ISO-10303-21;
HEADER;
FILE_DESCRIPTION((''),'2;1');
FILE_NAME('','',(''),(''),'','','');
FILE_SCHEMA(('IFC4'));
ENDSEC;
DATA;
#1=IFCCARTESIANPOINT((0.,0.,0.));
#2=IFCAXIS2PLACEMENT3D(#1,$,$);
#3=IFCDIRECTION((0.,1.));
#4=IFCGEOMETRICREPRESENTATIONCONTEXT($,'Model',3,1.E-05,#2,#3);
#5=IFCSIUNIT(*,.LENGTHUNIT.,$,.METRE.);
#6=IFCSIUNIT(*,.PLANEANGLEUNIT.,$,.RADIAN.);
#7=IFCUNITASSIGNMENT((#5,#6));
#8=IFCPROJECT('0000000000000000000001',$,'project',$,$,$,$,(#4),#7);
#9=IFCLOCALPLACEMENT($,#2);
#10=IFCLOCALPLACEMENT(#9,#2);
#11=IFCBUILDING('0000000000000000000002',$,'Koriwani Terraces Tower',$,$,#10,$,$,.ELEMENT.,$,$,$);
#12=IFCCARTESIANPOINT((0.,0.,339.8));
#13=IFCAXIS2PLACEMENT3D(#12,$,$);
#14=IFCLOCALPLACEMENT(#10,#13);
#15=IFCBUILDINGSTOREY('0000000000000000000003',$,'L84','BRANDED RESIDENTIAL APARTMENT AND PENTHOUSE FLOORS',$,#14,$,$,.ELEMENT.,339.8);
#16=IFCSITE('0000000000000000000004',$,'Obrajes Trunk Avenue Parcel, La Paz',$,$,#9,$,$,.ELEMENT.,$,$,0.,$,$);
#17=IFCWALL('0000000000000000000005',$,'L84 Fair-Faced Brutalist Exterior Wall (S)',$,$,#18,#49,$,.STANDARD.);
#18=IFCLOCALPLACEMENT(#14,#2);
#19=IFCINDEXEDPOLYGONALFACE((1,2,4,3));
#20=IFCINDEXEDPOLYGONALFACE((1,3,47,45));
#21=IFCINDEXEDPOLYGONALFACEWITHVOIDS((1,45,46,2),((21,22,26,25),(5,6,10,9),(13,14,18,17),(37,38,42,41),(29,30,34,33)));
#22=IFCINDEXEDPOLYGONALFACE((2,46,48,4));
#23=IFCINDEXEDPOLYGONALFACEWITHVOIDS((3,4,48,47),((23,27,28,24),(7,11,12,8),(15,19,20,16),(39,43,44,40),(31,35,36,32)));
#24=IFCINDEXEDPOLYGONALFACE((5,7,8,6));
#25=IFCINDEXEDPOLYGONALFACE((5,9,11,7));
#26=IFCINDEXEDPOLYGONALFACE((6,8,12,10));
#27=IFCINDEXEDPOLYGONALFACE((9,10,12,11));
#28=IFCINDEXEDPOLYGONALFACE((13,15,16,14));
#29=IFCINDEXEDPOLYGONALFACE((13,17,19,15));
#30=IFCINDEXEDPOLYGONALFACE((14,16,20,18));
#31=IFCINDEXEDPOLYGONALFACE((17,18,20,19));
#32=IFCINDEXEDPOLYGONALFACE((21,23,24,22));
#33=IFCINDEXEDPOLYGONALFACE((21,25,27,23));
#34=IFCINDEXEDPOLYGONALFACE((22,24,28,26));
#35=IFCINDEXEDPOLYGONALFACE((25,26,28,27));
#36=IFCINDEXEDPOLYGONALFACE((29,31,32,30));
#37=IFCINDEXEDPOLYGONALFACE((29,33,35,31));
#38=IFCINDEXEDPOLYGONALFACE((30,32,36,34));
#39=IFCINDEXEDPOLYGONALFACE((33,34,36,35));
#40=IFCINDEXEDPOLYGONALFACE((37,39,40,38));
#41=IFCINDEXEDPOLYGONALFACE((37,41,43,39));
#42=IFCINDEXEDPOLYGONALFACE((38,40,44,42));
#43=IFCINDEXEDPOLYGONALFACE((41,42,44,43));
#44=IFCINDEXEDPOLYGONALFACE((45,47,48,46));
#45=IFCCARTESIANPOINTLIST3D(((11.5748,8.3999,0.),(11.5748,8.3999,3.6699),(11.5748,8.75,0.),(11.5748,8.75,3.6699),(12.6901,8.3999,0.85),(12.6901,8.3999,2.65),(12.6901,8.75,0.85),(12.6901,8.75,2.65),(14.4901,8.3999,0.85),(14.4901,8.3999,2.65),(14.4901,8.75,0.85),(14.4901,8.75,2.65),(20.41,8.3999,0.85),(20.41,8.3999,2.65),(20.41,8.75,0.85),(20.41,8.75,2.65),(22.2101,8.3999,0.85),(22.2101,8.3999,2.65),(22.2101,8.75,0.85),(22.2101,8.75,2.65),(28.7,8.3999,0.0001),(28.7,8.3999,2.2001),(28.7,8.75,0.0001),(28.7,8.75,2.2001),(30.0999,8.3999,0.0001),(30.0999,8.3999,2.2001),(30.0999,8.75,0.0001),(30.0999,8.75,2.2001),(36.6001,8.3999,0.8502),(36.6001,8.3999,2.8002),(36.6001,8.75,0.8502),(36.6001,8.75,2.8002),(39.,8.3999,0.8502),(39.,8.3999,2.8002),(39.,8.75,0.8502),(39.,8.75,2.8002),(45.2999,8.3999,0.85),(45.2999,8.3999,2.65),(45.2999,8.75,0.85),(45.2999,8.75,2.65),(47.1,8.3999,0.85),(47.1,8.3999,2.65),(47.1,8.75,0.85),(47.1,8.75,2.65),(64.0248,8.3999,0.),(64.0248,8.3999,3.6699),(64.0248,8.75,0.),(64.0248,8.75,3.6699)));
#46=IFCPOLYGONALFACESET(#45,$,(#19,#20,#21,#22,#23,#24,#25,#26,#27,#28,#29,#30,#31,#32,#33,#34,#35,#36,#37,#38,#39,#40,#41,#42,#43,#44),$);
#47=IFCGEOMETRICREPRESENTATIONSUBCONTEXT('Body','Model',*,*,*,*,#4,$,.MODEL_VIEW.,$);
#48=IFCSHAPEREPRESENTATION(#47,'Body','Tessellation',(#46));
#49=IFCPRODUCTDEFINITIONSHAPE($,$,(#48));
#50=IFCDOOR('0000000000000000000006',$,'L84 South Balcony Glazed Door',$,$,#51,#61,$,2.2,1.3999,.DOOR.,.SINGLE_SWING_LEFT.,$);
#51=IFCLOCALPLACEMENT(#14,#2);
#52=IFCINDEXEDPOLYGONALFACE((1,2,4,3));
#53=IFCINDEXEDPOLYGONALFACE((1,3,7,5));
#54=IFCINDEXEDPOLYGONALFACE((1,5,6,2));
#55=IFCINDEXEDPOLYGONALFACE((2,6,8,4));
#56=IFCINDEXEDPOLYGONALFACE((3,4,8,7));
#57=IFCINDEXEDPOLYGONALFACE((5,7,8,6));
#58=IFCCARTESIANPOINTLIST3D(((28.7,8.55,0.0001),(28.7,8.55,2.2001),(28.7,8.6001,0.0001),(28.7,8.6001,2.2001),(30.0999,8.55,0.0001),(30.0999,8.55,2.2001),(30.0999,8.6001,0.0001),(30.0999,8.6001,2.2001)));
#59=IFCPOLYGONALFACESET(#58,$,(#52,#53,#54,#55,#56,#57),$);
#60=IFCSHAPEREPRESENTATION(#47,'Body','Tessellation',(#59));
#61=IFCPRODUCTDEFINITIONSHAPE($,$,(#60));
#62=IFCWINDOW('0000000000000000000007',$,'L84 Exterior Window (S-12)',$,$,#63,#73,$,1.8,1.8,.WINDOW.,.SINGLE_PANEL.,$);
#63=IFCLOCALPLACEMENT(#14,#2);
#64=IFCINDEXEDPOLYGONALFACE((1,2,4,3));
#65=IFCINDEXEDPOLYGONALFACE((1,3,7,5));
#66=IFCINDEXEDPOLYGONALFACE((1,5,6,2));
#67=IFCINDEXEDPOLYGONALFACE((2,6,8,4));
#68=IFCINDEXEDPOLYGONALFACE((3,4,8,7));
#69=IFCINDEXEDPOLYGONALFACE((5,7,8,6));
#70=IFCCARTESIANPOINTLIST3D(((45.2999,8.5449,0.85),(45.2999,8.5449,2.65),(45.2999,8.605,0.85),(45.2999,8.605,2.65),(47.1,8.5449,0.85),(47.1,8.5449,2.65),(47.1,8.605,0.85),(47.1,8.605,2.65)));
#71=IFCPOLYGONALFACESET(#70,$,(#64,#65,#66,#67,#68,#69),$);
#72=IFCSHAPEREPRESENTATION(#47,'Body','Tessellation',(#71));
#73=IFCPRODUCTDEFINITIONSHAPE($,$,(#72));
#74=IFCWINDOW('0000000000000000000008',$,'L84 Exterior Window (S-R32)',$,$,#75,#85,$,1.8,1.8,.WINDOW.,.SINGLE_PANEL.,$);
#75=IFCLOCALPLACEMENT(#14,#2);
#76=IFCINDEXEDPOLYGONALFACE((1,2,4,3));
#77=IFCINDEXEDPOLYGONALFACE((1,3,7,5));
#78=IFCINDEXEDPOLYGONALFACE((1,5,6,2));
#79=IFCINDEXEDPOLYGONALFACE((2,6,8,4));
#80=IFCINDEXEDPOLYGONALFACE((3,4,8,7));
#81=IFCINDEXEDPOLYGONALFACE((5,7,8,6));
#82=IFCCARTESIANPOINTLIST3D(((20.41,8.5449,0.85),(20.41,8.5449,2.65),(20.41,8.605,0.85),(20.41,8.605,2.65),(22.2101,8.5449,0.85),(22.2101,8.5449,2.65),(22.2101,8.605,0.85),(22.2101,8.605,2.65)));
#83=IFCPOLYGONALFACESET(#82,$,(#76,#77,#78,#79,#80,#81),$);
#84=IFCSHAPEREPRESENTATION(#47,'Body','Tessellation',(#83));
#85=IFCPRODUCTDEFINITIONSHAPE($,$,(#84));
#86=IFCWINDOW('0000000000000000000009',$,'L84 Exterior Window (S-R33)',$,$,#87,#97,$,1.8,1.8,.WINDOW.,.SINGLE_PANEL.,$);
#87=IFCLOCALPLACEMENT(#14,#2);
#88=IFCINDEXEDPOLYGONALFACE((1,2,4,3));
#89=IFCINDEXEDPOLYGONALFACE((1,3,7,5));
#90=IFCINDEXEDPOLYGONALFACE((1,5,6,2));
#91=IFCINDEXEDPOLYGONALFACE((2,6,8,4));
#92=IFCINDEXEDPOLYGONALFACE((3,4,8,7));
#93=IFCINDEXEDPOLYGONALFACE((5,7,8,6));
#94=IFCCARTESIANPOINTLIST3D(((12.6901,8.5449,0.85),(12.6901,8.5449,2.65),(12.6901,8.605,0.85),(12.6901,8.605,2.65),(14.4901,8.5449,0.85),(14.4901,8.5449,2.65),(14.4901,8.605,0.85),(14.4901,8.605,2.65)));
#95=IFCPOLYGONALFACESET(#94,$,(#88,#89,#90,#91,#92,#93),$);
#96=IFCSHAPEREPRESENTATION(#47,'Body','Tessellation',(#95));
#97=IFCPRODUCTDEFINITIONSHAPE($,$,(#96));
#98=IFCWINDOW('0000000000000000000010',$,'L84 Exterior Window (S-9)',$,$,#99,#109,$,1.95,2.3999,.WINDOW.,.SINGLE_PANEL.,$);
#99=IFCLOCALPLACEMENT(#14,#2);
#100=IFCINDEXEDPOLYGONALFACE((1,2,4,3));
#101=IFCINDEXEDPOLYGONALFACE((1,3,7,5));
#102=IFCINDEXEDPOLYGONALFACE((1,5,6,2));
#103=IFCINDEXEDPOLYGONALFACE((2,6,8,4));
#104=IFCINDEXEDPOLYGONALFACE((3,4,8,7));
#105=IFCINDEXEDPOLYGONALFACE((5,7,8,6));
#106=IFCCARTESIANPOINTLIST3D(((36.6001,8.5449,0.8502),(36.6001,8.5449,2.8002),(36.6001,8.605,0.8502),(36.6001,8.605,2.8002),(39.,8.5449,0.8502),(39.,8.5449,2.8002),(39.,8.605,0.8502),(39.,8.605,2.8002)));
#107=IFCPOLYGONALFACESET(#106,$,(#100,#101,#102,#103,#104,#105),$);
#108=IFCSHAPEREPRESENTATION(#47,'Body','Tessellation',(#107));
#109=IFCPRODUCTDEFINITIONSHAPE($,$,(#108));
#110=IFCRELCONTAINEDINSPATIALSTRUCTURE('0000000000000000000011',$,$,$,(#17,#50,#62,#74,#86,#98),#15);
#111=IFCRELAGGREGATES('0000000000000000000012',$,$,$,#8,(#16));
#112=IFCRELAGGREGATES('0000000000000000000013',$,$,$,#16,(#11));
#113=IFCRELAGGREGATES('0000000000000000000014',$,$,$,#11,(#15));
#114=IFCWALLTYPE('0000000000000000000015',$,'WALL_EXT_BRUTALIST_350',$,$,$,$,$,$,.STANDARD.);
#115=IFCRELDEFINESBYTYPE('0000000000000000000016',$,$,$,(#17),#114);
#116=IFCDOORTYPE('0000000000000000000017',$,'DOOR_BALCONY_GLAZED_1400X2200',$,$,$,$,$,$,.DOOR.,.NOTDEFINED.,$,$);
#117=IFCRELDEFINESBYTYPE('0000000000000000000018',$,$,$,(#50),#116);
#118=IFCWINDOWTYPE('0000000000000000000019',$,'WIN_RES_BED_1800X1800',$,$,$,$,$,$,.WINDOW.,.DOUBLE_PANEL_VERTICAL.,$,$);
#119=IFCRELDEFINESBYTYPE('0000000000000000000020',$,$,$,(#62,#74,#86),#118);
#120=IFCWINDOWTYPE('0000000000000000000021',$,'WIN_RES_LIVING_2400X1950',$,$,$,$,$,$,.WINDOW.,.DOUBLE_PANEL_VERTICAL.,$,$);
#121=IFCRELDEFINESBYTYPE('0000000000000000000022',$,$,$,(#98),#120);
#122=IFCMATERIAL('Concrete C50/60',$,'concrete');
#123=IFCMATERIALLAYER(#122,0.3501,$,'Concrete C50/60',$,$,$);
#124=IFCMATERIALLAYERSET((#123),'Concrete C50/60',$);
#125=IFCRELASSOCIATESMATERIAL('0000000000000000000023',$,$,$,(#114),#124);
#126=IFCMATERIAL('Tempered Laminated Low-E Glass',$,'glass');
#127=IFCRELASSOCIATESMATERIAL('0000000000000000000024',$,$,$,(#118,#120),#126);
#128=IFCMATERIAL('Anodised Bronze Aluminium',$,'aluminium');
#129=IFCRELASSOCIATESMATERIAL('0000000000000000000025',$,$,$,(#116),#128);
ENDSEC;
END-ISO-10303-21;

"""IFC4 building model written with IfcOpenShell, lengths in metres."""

from ifc_helpers import new_model, si_unit, direction, frame, frame_2d, origin, place, context, subcontext, project, spatial, rectangle, extrude, material, layer, layer_set, type_object, element, fill, save


model = new_model("IFC4")

# Units and contexts
model_context = context("Model", 3, precision=1e-05, world=origin(), true_north=direction((0.0, 1.0)))
body_context = subcontext(model_context, "Body", "Model", "MODEL_VIEW")
ifc_project = project(units=[si_unit("LENGTHUNIT", "METRE"), si_unit("PLANEANGLEUNIT", "RADIAN")], contexts=[model_context])

# Site, building, storey
site_placement = place(None, origin())
site = spatial("IfcSite", under=ifc_project, at=site_placement, Name="Obrajes Trunk Avenue Parcel, La Paz", CompositionType="ELEMENT", RefElevation=0.0)
building_placement = place(site_placement, origin())
building = spatial("IfcBuilding", under=site, at=building_placement, Name="Koriwani Terraces Tower", CompositionType="ELEMENT")
storey_placement = place(building_placement, frame((0.0, 0.0, 339.8)))
storey = spatial("IfcBuildingStorey", under=building, at=storey_placement, Name="L84", Description="BRANDED RESIDENTIAL APARTMENT AND PENTHOUSE FLOORS", CompositionType="ELEMENT", Elevation=339.8)

# Shared definitions
ifc_material_1 = material(Name="Concrete C50/60", Category="concrete")

# Shared definitions
ifc_material_2 = material(Name="Anodised Bronze Aluminium", Category="aluminium")

# Shared definitions
ifc_material_3 = material(Name="Tempered Laminated Low-E Glass", Category="glass")

# Shared definitions
ifc_layer_1 = layer(ifc_material_1, 0.3501, Name="Concrete C50/60")
ifc_layer_set_1 = layer_set([ifc_layer_1], Name="Concrete C50/60")
wall_type = type_object("IfcWallType", Name="WALL_EXT_BRUTALIST_350", PredefinedType="STANDARD", material=ifc_layer_set_1)
window_type_1 = type_object("IfcWindowType", Name="WIN_RES_BED_1800X1800", PartitioningType="DOUBLE_PANEL_VERTICAL", PredefinedType="WINDOW", material=ifc_material_3)

# Wall, openings, door, windows
wall_1_placement = place(storey_placement, frame((64.0249, 8.575, 0.0), z_axis=(0.0, 0.0, 1.0), x_axis=(-1.0, 0.0, 0.0)))
wall_1 = element("IfcWall", 1, at=wall_1_placement, inside=storey, type_object=wall_type, Name="L84 Fair-Faced Brutalist Exterior Wall (S)", PredefinedType="STANDARD", context=body_context, shape_type="SweptSolid", body=[
    extrude(rectangle(XDim=52.45, YDim=0.3501, at=frame_2d((26.2251, 0.0))), origin(), (0.0, 0.0, 1.0), 3.6699),
])
opening_1_placement = place(wall_1_placement, frame((33.925, 0.0, 0.0)))
opening_1 = element("IfcOpeningElement", 2, at=opening_1_placement, cuts=wall_1, PredefinedType="OPENING", context=body_context, shape_type="SweptSolid", body=[
    extrude(rectangle(XDim=1.3999, YDim=2.2, at=frame_2d((0.7, 1.1001))), frame((0.0, 0.1851, 0.0), z_axis=(0.0, -1.0, 0.0), x_axis=(1.0, 0.0, 0.0)), (0.0, 0.0, 1.0), 0.3701),
])
opening_2_placement = place(wall_1_placement, frame((25.0249, 0.0, 0.8501)))
opening_2 = element("IfcOpeningElement", 3, at=opening_2_placement, cuts=wall_1, PredefinedType="OPENING", context=body_context, shape_type="SweptSolid", body=[
    extrude(rectangle(XDim=2.3999, YDim=1.95, at=frame_2d((1.2, 0.9751))), frame((0.0, 0.1851, 0.0), z_axis=(0.0, -1.0, 0.0), x_axis=(1.0, 0.0, 0.0)), (0.0, 0.0, 1.0), 0.3701),
])
opening_3_placement = place(wall_1_placement, frame((16.925, 0.0, 0.8501)))
opening_3 = element("IfcOpeningElement", 4, at=opening_3_placement, cuts=wall_1, PredefinedType="OPENING", context=body_context, shape_type="SweptSolid", body=[
    extrude(rectangle(XDim=1.8, YDim=1.8, at=frame_2d((0.8999, 0.8999))), frame((0.0, 0.1851, 0.0), z_axis=(0.0, -1.0, 0.0), x_axis=(1.0, 0.0, 0.0)), (0.0, 0.0, 1.0), 0.3701),
])
opening_4_placement = place(wall_1_placement, frame((41.8149, 0.0, 0.8501)))
opening_4 = element("IfcOpeningElement", 5, at=opening_4_placement, cuts=wall_1, PredefinedType="OPENING", context=body_context, shape_type="SweptSolid", body=[
    extrude(rectangle(XDim=1.8, YDim=1.8, at=frame_2d((0.8999, 0.8999))), frame((0.0, 0.1851, 0.0), z_axis=(0.0, -1.0, 0.0), x_axis=(1.0, 0.0, 0.0)), (0.0, 0.0, 1.0), 0.3701),
])
opening_5_placement = place(wall_1_placement, frame((49.5349, 0.0, 0.8501)))
opening_5 = element("IfcOpeningElement", 6, at=opening_5_placement, cuts=wall_1, PredefinedType="OPENING", context=body_context, shape_type="SweptSolid", body=[
    extrude(rectangle(XDim=1.8, YDim=1.8, at=frame_2d((0.8999, 0.8999))), frame((0.0, 0.1851, 0.0), z_axis=(0.0, -1.0, 0.0), x_axis=(1.0, 0.0, 0.0)), (0.0, 0.0, 1.0), 0.3701),
])
door_type = type_object("IfcDoorType", Name="DOOR_BALCONY_GLAZED_1400X2200", OperationType="NOTDEFINED", PredefinedType="DOOR", material=ifc_material_2)
door_placement = place(opening_1_placement, origin())
door = element("IfcDoor", 7, at=door_placement, inside=storey, type_object=door_type, Name="L84 South Balcony Glazed Door", OperationType="SINGLE_SWING_LEFT", OverallHeight=2.2, OverallWidth=1.3999, PredefinedType="DOOR", context=body_context, shape_type="SweptSolid", body=[
    extrude(rectangle(XDim=1.3999, YDim=2.2, at=frame_2d((0.7, 1.1001))), frame((0.0, 0.0249, 0.0), z_axis=(0.0, -1.0, 0.0), x_axis=(1.0, 0.0, 0.0)), (0.0, 0.0, 1.0), 0.05),
])
fill(opening_1, door)
window_1_placement = place(opening_3_placement, origin())
window_1 = element("IfcWindow", 8, at=window_1_placement, inside=storey, type_object=window_type_1, Name="L84 Exterior Window (S-12)", OverallHeight=1.8, OverallWidth=1.8, PartitioningType="SINGLE_PANEL", PredefinedType="WINDOW", context=body_context, shape_type="SweptSolid", body=[
    extrude(rectangle(XDim=1.8, YDim=1.8, at=frame_2d((0.8999, 0.8999))), frame((0.0, 0.03, 0.0), z_axis=(0.0, -1.0, 0.0), x_axis=(1.0, 0.0, 0.0)), (0.0, 0.0, 1.0), 0.0601),
])
fill(opening_3, window_1)
window_2_placement = place(opening_4_placement, origin())
window_2 = element("IfcWindow", 9, at=window_2_placement, inside=storey, type_object=window_type_1, Name="L84 Exterior Window (S-R32)", OverallHeight=1.8, OverallWidth=1.8, PartitioningType="SINGLE_PANEL", PredefinedType="WINDOW", context=body_context, shape_type="SweptSolid", body=[
    extrude(rectangle(XDim=1.8, YDim=1.8, at=frame_2d((0.8999, 0.8999))), frame((0.0, 0.03, 0.0), z_axis=(0.0, -1.0, 0.0), x_axis=(1.0, 0.0, 0.0)), (0.0, 0.0, 1.0), 0.0601),
])
fill(opening_4, window_2)
window_3_placement = place(opening_5_placement, origin())
window_3 = element("IfcWindow", 10, at=window_3_placement, inside=storey, type_object=window_type_1, Name="L84 Exterior Window (S-R33)", OverallHeight=1.8, OverallWidth=1.8, PartitioningType="SINGLE_PANEL", PredefinedType="WINDOW", context=body_context, shape_type="SweptSolid", body=[
    extrude(rectangle(XDim=1.8, YDim=1.8, at=frame_2d((0.8999, 0.8999))), frame((0.0, 0.03, 0.0), z_axis=(0.0, -1.0, 0.0), x_axis=(1.0, 0.0, 0.0)), (0.0, 0.0, 1.0), 0.0601),
])
fill(opening_5, window_3)
window_type_2 = type_object("IfcWindowType", Name="WIN_RES_LIVING_2400X1950", PartitioningType="DOUBLE_PANEL_VERTICAL", PredefinedType="WINDOW", material=ifc_material_3)
window_4_placement = place(opening_2_placement, origin())
window_4 = element("IfcWindow", 11, at=window_4_placement, inside=storey, type_object=window_type_2, Name="L84 Exterior Window (S-9)", OverallHeight=1.95, OverallWidth=2.3999, PartitioningType="SINGLE_PANEL", PredefinedType="WINDOW", context=body_context, shape_type="SweptSolid", body=[
    extrude(rectangle(XDim=2.3999, YDim=1.95, at=frame_2d((1.2, 0.9751))), frame((0.0, 0.03, 0.0), z_axis=(0.0, -1.0, 0.0), x_axis=(1.0, 0.0, 0.0)), (0.0, 0.0, 1.0), 0.0601),
])
fill(opening_2, window_4)

save(model, "model.ifc")
